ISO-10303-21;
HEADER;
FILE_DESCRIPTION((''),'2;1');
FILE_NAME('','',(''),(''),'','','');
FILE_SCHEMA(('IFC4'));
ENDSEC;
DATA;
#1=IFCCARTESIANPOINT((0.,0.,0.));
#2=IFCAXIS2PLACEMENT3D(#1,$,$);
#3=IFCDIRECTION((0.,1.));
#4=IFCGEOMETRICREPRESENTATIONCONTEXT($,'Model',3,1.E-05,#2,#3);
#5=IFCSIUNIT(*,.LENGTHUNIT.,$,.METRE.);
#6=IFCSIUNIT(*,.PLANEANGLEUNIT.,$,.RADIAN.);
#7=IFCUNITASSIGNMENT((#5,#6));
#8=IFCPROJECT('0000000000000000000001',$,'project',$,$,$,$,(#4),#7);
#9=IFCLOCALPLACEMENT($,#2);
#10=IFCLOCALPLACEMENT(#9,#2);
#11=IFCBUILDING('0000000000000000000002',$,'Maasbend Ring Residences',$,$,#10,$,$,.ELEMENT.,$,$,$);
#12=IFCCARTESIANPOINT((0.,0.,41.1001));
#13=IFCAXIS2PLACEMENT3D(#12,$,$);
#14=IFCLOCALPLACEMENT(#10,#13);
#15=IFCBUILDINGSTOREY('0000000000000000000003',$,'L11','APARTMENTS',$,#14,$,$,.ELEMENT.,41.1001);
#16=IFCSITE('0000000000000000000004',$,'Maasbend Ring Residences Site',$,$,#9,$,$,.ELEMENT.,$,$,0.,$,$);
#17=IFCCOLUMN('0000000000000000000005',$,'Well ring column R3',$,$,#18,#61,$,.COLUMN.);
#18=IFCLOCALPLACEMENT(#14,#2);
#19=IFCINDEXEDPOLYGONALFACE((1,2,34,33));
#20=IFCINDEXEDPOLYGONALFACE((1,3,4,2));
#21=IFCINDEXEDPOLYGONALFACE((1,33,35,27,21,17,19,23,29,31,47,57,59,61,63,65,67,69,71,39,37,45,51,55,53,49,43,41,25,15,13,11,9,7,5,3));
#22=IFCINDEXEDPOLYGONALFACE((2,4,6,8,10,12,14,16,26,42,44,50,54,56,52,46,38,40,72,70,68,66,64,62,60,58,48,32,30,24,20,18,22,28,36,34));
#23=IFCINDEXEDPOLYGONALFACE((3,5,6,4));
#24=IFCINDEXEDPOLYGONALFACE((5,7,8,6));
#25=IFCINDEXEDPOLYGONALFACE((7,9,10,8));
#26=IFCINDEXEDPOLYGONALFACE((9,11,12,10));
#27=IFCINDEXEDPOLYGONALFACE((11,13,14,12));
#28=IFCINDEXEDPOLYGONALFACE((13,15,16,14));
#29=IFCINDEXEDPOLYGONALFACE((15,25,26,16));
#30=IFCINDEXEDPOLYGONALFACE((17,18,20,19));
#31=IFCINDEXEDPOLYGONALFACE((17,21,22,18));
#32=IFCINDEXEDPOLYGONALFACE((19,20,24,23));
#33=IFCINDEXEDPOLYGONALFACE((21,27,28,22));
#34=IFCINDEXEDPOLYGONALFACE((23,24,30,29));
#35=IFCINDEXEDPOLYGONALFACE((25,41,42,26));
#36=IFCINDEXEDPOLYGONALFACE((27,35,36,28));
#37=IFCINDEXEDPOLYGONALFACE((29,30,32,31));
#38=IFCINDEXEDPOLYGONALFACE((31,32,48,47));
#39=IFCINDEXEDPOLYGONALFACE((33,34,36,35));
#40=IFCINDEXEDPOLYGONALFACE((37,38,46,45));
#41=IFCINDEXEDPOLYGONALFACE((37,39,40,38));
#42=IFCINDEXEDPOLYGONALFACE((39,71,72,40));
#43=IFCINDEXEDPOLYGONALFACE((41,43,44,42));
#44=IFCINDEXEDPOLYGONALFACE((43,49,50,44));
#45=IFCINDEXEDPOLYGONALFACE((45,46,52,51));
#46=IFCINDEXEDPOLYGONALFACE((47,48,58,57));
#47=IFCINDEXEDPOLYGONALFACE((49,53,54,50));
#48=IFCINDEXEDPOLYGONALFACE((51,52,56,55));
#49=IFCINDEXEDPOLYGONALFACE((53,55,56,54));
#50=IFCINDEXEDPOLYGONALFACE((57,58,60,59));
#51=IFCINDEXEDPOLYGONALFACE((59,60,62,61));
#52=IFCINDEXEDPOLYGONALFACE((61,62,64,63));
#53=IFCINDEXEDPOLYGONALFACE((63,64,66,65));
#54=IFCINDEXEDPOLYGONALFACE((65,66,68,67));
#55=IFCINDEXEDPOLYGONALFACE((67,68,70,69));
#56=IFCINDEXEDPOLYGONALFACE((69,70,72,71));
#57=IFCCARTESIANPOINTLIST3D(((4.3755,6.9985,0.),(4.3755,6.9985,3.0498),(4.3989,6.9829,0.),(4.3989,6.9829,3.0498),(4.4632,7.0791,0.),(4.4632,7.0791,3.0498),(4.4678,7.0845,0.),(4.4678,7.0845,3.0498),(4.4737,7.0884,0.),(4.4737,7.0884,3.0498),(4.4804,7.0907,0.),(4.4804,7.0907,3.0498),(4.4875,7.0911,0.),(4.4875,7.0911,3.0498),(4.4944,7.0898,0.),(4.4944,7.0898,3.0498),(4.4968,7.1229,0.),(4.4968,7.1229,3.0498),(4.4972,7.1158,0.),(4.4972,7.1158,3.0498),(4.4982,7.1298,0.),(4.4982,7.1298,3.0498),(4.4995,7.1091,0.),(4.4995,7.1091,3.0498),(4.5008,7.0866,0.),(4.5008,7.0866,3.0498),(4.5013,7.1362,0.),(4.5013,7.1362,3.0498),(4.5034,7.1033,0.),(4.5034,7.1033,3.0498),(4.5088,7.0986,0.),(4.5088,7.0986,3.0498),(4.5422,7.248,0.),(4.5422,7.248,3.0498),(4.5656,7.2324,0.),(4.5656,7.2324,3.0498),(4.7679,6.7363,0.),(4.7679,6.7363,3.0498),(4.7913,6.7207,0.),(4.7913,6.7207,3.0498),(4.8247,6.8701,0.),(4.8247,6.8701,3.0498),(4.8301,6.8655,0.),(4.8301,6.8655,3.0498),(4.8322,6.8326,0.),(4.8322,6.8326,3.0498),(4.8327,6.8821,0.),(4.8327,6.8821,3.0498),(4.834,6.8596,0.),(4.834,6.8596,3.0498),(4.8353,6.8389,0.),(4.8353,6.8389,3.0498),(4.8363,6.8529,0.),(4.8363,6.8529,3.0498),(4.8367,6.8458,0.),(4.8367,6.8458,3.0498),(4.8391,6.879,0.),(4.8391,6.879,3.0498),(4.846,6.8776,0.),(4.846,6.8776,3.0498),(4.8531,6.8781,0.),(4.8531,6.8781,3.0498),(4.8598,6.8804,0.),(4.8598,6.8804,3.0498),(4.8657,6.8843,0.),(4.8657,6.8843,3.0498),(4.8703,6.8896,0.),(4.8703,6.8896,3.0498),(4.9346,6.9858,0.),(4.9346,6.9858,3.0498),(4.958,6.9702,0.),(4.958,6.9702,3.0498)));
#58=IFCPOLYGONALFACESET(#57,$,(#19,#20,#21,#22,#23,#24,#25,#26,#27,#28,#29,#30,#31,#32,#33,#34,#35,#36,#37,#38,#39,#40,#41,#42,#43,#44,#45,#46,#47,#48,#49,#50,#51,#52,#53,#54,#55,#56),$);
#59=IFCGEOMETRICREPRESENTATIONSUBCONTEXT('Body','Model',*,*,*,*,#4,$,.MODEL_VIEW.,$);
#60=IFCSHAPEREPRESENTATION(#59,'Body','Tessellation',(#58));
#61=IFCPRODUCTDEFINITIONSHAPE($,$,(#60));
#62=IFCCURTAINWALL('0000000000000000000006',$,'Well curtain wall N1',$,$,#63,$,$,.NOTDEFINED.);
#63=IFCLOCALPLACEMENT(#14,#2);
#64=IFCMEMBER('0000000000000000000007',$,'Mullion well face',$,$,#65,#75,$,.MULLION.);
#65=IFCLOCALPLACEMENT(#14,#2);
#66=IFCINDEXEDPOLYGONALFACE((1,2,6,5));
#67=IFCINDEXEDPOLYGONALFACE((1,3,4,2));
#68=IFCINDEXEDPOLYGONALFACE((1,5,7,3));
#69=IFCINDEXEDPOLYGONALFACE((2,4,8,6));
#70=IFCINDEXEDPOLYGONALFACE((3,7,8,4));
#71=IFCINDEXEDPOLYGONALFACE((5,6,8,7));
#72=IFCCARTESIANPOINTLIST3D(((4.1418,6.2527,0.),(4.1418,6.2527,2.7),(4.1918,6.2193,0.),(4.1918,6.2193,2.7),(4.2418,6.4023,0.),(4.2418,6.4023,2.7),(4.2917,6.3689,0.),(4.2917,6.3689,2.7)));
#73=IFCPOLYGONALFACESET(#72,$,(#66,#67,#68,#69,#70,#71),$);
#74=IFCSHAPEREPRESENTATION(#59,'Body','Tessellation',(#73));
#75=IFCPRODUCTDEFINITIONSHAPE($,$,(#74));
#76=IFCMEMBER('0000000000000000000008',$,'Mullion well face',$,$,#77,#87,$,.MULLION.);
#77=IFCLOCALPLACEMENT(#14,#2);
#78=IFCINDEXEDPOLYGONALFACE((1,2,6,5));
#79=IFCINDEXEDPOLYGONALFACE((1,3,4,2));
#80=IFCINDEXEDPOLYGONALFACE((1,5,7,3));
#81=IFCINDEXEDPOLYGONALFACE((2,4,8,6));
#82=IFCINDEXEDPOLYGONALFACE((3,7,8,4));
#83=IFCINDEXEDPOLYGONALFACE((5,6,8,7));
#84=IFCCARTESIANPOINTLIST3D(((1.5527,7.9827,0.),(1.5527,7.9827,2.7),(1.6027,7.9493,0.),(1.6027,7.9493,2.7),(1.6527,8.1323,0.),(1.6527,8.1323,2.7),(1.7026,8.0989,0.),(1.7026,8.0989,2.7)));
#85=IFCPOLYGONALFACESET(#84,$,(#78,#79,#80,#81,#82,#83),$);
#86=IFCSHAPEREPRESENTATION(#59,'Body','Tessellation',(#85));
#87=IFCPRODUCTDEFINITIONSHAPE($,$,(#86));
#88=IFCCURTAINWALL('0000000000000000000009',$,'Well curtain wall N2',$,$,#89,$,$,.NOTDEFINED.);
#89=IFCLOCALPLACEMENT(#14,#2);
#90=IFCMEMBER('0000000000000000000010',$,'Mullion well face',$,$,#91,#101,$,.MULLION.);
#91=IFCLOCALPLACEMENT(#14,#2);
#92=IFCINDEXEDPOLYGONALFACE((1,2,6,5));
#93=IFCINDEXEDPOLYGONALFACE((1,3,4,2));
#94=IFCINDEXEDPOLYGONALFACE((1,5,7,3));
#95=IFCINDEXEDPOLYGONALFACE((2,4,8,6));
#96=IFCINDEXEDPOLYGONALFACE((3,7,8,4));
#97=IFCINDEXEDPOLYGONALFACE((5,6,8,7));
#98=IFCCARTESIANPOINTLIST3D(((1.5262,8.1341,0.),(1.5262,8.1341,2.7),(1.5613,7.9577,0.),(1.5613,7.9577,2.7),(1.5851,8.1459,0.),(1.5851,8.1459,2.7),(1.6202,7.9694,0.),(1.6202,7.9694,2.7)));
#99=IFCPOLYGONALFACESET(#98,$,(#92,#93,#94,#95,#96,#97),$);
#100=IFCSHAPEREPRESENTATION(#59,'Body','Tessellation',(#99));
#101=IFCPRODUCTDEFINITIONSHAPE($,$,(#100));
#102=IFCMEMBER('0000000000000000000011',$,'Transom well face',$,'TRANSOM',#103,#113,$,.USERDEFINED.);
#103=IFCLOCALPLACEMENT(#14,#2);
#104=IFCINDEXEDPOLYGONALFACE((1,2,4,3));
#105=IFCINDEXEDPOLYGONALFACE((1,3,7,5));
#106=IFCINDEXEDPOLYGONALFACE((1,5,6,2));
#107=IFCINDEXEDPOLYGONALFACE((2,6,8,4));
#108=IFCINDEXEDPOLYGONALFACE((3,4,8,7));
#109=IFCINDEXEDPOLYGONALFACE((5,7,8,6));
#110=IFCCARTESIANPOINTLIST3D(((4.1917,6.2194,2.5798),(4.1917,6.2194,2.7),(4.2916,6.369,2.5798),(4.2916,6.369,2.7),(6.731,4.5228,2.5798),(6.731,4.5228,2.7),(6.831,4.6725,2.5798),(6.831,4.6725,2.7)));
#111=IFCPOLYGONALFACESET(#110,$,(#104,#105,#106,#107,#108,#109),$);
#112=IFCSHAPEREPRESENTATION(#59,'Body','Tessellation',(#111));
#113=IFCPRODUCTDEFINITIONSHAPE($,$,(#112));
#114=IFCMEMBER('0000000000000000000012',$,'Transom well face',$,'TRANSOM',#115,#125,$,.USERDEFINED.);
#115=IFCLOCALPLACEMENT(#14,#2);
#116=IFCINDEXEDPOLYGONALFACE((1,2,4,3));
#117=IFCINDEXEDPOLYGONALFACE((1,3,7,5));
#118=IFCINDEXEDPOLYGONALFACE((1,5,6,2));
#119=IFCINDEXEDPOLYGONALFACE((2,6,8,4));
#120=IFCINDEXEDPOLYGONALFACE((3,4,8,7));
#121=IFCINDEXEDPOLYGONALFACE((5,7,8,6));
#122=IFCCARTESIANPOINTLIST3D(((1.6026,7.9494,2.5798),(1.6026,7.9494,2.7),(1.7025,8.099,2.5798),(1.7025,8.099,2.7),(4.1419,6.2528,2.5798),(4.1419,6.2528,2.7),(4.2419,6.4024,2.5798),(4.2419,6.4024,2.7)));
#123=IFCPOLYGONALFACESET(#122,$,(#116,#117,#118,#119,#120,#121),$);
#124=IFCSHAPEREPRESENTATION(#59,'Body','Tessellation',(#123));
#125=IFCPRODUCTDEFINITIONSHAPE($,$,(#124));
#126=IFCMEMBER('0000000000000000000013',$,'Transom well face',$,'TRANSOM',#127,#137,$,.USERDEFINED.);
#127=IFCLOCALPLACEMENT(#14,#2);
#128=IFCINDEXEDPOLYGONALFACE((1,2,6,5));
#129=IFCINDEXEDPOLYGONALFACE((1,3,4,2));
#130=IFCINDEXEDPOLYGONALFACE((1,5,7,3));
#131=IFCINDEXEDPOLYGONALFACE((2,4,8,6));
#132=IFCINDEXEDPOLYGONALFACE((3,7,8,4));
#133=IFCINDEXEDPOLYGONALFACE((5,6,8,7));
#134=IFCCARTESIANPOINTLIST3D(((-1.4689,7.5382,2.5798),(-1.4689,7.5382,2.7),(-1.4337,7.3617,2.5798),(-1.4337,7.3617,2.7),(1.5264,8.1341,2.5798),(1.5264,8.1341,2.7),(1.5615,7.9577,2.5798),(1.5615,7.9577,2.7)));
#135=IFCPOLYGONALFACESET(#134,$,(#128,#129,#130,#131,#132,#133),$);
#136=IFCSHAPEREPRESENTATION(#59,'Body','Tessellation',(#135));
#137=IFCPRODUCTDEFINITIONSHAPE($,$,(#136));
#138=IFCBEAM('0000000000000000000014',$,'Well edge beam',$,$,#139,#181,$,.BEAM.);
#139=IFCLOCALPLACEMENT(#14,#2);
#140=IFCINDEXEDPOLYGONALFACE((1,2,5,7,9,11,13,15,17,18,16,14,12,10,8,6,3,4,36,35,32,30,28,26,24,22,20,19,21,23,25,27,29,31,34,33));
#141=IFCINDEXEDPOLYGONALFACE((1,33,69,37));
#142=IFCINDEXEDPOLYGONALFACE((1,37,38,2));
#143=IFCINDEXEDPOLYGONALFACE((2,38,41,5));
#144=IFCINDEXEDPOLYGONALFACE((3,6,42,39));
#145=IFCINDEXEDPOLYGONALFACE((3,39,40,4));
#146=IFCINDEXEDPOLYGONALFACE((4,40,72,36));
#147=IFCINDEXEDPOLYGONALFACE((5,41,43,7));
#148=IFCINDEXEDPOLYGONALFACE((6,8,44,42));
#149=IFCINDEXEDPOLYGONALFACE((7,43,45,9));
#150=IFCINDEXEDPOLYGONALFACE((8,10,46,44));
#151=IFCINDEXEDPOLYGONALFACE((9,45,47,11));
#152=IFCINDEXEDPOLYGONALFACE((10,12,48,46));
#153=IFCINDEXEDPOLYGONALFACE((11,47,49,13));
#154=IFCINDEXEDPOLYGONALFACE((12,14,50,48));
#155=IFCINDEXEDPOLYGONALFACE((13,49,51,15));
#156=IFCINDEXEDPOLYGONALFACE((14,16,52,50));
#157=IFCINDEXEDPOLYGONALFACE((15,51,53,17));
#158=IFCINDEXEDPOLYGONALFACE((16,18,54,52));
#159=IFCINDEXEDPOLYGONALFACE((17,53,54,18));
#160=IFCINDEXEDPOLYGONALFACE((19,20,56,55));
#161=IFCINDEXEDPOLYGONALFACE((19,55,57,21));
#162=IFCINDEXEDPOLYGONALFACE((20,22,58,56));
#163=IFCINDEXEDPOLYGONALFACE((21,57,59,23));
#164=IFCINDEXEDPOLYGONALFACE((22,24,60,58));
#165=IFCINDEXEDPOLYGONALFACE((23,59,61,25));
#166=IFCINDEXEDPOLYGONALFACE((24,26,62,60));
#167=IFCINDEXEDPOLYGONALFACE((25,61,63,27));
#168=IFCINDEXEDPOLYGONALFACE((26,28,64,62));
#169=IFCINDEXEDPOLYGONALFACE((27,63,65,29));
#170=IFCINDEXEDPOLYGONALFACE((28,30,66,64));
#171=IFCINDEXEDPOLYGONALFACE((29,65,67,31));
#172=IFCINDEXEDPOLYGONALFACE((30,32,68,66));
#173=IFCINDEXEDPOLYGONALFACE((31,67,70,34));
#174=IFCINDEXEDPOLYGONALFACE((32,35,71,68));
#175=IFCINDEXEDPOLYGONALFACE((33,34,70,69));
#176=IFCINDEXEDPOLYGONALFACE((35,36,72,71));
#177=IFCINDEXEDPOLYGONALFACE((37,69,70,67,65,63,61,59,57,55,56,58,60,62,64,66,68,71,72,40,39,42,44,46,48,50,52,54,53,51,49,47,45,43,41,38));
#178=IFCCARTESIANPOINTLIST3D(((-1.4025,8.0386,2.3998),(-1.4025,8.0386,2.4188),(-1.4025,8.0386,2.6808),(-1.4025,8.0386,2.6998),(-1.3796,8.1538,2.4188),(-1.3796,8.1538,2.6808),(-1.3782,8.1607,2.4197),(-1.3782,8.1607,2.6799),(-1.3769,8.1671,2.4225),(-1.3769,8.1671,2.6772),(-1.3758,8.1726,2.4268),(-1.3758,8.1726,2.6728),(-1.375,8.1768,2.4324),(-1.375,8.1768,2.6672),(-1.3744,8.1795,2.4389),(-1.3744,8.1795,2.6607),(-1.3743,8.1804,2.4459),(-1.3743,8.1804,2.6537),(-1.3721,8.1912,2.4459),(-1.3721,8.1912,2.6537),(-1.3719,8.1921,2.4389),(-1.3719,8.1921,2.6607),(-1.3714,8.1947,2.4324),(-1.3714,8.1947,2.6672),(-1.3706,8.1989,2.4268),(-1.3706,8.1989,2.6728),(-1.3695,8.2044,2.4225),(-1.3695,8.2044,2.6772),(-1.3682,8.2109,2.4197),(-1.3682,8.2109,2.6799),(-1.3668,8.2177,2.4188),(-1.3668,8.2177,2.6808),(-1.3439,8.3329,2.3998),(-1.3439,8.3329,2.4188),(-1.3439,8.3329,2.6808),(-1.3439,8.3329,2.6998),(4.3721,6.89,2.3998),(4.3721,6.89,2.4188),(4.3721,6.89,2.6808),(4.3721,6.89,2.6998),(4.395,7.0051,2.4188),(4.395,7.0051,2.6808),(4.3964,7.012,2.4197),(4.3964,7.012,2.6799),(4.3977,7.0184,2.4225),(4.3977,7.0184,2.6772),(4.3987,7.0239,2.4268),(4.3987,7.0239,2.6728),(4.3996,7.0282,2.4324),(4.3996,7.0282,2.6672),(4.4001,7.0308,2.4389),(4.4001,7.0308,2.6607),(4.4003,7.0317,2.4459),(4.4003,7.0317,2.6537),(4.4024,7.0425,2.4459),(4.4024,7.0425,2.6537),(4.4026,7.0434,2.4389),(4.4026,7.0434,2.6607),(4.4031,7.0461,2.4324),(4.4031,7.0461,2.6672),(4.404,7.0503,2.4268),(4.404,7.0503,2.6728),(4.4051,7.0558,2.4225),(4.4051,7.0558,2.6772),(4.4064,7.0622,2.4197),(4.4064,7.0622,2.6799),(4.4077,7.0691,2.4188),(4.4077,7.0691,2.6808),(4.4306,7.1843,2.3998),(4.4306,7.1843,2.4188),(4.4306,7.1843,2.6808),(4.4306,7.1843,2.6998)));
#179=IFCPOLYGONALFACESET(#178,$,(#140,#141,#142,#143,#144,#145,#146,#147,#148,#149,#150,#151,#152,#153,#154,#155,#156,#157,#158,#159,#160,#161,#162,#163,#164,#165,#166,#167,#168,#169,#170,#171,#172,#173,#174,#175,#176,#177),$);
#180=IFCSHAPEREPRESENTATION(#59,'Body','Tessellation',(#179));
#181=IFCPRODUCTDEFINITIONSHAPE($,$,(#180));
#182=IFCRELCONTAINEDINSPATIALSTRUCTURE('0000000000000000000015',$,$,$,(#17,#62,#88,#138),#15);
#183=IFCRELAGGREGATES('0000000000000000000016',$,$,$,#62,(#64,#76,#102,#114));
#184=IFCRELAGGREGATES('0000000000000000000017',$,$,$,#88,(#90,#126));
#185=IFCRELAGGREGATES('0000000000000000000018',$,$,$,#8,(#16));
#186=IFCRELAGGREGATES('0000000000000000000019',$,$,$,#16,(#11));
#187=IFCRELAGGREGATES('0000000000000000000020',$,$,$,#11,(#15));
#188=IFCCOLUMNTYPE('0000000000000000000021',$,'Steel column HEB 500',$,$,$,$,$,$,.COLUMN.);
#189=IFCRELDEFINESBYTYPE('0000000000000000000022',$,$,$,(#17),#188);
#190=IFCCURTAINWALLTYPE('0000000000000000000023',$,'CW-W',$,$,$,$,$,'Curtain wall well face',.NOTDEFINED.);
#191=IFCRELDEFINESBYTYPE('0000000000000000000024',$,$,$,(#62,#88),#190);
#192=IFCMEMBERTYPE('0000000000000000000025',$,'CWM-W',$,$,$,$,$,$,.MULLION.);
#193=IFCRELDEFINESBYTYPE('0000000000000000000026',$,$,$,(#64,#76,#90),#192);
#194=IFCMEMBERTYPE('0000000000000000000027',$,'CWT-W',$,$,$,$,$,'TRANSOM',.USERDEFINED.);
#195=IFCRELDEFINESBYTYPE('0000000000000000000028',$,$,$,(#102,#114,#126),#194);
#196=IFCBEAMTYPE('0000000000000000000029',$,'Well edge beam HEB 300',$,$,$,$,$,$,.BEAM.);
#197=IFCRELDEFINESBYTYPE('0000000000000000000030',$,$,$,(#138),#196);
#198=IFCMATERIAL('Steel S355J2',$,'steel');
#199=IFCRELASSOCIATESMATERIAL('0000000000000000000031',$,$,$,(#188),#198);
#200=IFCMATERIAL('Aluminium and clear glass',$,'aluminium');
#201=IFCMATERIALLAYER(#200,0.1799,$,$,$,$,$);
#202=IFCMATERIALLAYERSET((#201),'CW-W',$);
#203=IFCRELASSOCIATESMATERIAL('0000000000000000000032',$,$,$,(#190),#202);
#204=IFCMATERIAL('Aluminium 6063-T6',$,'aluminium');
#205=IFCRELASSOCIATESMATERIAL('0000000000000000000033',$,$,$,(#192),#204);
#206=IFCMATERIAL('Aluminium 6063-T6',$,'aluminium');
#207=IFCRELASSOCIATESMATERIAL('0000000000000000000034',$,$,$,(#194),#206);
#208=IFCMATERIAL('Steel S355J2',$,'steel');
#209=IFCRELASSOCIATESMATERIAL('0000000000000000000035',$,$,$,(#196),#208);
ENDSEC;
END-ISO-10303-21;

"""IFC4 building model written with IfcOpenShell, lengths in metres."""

from ifc_helpers import new_model, si_unit, direction, frame, origin, origin_2d, place, context, subcontext, project, spatial, rectangle, i_section, extrude, material, layer, layer_set, material_profile, profile_set, type_object, element, aggregate, save


model = new_model("IFC4")

# Units and contexts
model_context = context("Model", 3, precision=1e-05, world=origin(), true_north=direction((0.0, 1.0)))
body_context = subcontext(model_context, "Body", "Model", "MODEL_VIEW")
ifc_project = project(units=[si_unit("LENGTHUNIT", "METRE"), si_unit("PLANEANGLEUNIT", "RADIAN")], contexts=[model_context])

# Site, building, storey
site_placement = place(None, origin())
site = spatial("IfcSite", under=ifc_project, at=site_placement, Name="Maasbend Ring Residences Site", CompositionType="ELEMENT", RefElevation=0.0)
building_placement = place(site_placement, origin())
building = spatial("IfcBuilding", under=site, at=building_placement, Name="Maasbend Ring Residences", CompositionType="ELEMENT")
storey_placement = place(building_placement, frame((0.0, 0.0, 41.1001)))
storey = spatial("IfcBuildingStorey", under=building, at=storey_placement, Name="L11", Description="APARTMENTS", CompositionType="ELEMENT", Elevation=41.1001)

# Column
ifc_material_1 = material(Name="Steel S355J2", Category="steel")
ifc_material_profile_1 = material_profile(ifc_material_1, i_section(OverallWidth=0.3, OverallDepth=0.5, WebThickness=0.0144, FlangeThickness=0.0281, FilletRadius=0.0271, at=origin_2d()), Name="HEB 500")
ifc_profile_set_1 = profile_set([ifc_material_profile_1], Name="Steel S355J2")
column_type = type_object("IfcColumnType", Name="Steel column HEB 500", PredefinedType="COLUMN", material=ifc_profile_set_1)
column_placement = place(storey_placement, frame((4.6667, 6.9844, 0.0), z_axis=(0.0, 0.0, 1.0), x_axis=(0.55557, 0.83147, 0.0)))
element("IfcColumn", 1, at=column_placement, inside=storey, type_object=column_type, Name="Well ring column R3", PredefinedType="COLUMN", context=body_context, shape_type="SweptSolid", body=[
    extrude(i_section(OverallWidth=0.3, OverallDepth=0.5, WebThickness=0.0144, FlangeThickness=0.0281, FilletRadius=0.0271, at=origin_2d()), origin(), (0.0, 0.0, 1.0), 3.0498),
])

# Curtain wall, members
ifc_material_2 = material(Name="Aluminium and clear glass", Category="aluminium")
ifc_layer_1 = layer(ifc_material_2, 0.1799)
ifc_layer_set_1 = layer_set([ifc_layer_1], Name="CW-W")
curtain_wall_type = type_object("IfcCurtainWallType", Name="CW-W", ElementType="Curtain wall well face", PredefinedType="NOTDEFINED", material=ifc_layer_set_1)
curtain_wall_1_placement = place(storey_placement, origin())
curtain_wall_1 = element("IfcCurtainWall", 2, at=curtain_wall_1_placement, inside=storey, type_object=curtain_wall_type, Name="Well curtain wall N1", PredefinedType="NOTDEFINED")
ifc_material_3 = material(Name="Aluminium 6063-T6", Category="aluminium")
ifc_material_profile_2 = material_profile(ifc_material_3, rectangle(XDim=0.1799, YDim=0.0601, at=origin_2d()), Name="AL 180x60")
ifc_profile_set_2 = profile_set([ifc_material_profile_2], Name="Aluminium 6063-T6")
member_type_1 = type_object("IfcMemberType", Name="CWM-W", PredefinedType="MULLION", material=ifc_profile_set_2)
member_1_placement = place(storey_placement, frame((4.2168, 6.3108, 0.0), z_axis=(0.0, 0.0, 1.0), x_axis=(-0.55557, -0.83147, 0.0)))
member_1 = element("IfcMember", 3, at=member_1_placement, type_object=member_type_1, Name="Mullion well face", PredefinedType="MULLION", context=body_context, shape_type="SweptSolid", body=[
    extrude(rectangle(XDim=0.1799, YDim=0.0601, at=origin_2d()), origin(), (0.0, 0.0, 1.0), 2.7),
])
member_2_placement = place(storey_placement, frame((1.6277, 8.0408, 0.0), z_axis=(0.0, 0.0, 1.0), x_axis=(-0.55557, -0.83147, 0.0)))
member_2 = element("IfcMember", 4, at=member_2_placement, type_object=member_type_1, Name="Mullion well face", PredefinedType="MULLION", context=body_context, shape_type="SweptSolid", body=[
    extrude(rectangle(XDim=0.1799, YDim=0.0601, at=origin_2d()), origin(), (0.0, 0.0, 1.0), 2.7),
])

# Curtain wall, member
curtain_wall_2_placement = place(storey_placement, origin())
curtain_wall_2 = element("IfcCurtainWall", 5, at=curtain_wall_2_placement, inside=storey, type_object=curtain_wall_type, Name="Well curtain wall N2", PredefinedType="NOTDEFINED")
member_3_placement = place(storey_placement, frame((1.5732, 8.0518, 0.0), z_axis=(0.0, 0.0, 1.0), x_axis=(0.19509, -0.980785, 0.0)))
member_3 = element("IfcMember", 6, at=member_3_placement, type_object=member_type_1, Name="Mullion well face", PredefinedType="MULLION", context=body_context, shape_type="SweptSolid", body=[
    extrude(rectangle(XDim=0.1799, YDim=0.0601, at=origin_2d()), origin(), (0.0, 0.0, 1.0), 2.7),
])

# Members
ifc_material_4 = material(Name="Aluminium 6063-T6", Category="aluminium")
ifc_material_profile_3 = material_profile(ifc_material_4, rectangle(XDim=0.1799, YDim=0.1201, at=origin_2d()), Name="AL 180x120")
ifc_profile_set_3 = profile_set([ifc_material_profile_3], Name="Aluminium 6063-T6")
member_type_2 = type_object("IfcMemberType", Name="CWT-W", ElementType="TRANSOM", PredefinedType="USERDEFINED", material=ifc_profile_set_3)
member_4_placement = place(storey_placement, frame((6.781, 4.5977, 2.6399), z_axis=(-0.831496, 0.55553, 0.0), x_axis=(-0.55553, -0.831496, 0.0)))
member_4 = element("IfcMember", 7, at=member_4_placement, type_object=member_type_2, Name="Transom well face", ObjectType="TRANSOM", PredefinedType="USERDEFINED", context=body_context, shape_type="SweptSolid", body=[
    extrude(rectangle(XDim=0.1799, YDim=0.1201, at=origin_2d()), origin(), (0.0, 0.0, 1.0), 3.054),
])
member_5_placement = place(storey_placement, frame((4.1919, 6.3276, 2.6399), z_axis=(-0.831496, 0.55553, 0.0), x_axis=(-0.55553, -0.831496, 0.0)))
member_5 = element("IfcMember", 8, at=member_5_placement, type_object=member_type_2, Name="Transom well face", ObjectType="TRANSOM", PredefinedType="USERDEFINED", context=body_context, shape_type="SweptSolid", body=[
    extrude(rectangle(XDim=0.1799, YDim=0.1201, at=origin_2d()), origin(), (0.0, 0.0, 1.0), 3.054),
])
member_6_placement = place(storey_placement, frame((1.5439, 8.0459, 2.6399), z_axis=(-0.980777, -0.195132, 0.0), x_axis=(0.195132, -0.980777, 0.0)))
member_6 = element("IfcMember", 9, at=member_6_placement, type_object=member_type_2, Name="Transom well face", ObjectType="TRANSOM", PredefinedType="USERDEFINED", context=body_context, shape_type="SweptSolid", body=[
    extrude(rectangle(XDim=0.1799, YDim=0.1201, at=origin_2d()), origin(), (0.0, 0.0, 1.0), 3.054),
])

# Beam
ifc_material_5 = material(Name="Steel S355J2", Category="steel")
ifc_material_profile_4 = material_profile(ifc_material_5, i_section(OverallWidth=0.3, OverallDepth=0.3, WebThickness=0.011, FlangeThickness=0.019, FilletRadius=0.0271, at=origin_2d()), Name="HEB 300")
ifc_profile_set_4 = profile_set([ifc_material_profile_4], Name="Steel S355J2")
beam_type = type_object("IfcBeamType", Name="Well edge beam HEB 300", PredefinedType="BEAM", material=ifc_profile_set_4)
beam_placement = place(storey_placement, frame((4.4014, 7.0371, 2.5498), z_axis=(-0.980784, 0.195095, 0.0), x_axis=(-0.195095, -0.980784, 0.0)))
element("IfcBeam", 10, at=beam_placement, inside=storey, type_object=beam_type, Name="Well edge beam", PredefinedType="BEAM", context=body_context, shape_type="SweptSolid", body=[
    extrude(i_section(OverallWidth=0.3, OverallDepth=0.3, WebThickness=0.011, FlangeThickness=0.019, FilletRadius=0.0271, at=origin_2d()), origin(), (0.0, 0.0, 1.0), 5.8877),
])

aggregate(curtain_wall_1, [member_1, member_2, member_4, member_5])
aggregate(curtain_wall_2, [member_3, member_6])

save(model, "model.ifc")
